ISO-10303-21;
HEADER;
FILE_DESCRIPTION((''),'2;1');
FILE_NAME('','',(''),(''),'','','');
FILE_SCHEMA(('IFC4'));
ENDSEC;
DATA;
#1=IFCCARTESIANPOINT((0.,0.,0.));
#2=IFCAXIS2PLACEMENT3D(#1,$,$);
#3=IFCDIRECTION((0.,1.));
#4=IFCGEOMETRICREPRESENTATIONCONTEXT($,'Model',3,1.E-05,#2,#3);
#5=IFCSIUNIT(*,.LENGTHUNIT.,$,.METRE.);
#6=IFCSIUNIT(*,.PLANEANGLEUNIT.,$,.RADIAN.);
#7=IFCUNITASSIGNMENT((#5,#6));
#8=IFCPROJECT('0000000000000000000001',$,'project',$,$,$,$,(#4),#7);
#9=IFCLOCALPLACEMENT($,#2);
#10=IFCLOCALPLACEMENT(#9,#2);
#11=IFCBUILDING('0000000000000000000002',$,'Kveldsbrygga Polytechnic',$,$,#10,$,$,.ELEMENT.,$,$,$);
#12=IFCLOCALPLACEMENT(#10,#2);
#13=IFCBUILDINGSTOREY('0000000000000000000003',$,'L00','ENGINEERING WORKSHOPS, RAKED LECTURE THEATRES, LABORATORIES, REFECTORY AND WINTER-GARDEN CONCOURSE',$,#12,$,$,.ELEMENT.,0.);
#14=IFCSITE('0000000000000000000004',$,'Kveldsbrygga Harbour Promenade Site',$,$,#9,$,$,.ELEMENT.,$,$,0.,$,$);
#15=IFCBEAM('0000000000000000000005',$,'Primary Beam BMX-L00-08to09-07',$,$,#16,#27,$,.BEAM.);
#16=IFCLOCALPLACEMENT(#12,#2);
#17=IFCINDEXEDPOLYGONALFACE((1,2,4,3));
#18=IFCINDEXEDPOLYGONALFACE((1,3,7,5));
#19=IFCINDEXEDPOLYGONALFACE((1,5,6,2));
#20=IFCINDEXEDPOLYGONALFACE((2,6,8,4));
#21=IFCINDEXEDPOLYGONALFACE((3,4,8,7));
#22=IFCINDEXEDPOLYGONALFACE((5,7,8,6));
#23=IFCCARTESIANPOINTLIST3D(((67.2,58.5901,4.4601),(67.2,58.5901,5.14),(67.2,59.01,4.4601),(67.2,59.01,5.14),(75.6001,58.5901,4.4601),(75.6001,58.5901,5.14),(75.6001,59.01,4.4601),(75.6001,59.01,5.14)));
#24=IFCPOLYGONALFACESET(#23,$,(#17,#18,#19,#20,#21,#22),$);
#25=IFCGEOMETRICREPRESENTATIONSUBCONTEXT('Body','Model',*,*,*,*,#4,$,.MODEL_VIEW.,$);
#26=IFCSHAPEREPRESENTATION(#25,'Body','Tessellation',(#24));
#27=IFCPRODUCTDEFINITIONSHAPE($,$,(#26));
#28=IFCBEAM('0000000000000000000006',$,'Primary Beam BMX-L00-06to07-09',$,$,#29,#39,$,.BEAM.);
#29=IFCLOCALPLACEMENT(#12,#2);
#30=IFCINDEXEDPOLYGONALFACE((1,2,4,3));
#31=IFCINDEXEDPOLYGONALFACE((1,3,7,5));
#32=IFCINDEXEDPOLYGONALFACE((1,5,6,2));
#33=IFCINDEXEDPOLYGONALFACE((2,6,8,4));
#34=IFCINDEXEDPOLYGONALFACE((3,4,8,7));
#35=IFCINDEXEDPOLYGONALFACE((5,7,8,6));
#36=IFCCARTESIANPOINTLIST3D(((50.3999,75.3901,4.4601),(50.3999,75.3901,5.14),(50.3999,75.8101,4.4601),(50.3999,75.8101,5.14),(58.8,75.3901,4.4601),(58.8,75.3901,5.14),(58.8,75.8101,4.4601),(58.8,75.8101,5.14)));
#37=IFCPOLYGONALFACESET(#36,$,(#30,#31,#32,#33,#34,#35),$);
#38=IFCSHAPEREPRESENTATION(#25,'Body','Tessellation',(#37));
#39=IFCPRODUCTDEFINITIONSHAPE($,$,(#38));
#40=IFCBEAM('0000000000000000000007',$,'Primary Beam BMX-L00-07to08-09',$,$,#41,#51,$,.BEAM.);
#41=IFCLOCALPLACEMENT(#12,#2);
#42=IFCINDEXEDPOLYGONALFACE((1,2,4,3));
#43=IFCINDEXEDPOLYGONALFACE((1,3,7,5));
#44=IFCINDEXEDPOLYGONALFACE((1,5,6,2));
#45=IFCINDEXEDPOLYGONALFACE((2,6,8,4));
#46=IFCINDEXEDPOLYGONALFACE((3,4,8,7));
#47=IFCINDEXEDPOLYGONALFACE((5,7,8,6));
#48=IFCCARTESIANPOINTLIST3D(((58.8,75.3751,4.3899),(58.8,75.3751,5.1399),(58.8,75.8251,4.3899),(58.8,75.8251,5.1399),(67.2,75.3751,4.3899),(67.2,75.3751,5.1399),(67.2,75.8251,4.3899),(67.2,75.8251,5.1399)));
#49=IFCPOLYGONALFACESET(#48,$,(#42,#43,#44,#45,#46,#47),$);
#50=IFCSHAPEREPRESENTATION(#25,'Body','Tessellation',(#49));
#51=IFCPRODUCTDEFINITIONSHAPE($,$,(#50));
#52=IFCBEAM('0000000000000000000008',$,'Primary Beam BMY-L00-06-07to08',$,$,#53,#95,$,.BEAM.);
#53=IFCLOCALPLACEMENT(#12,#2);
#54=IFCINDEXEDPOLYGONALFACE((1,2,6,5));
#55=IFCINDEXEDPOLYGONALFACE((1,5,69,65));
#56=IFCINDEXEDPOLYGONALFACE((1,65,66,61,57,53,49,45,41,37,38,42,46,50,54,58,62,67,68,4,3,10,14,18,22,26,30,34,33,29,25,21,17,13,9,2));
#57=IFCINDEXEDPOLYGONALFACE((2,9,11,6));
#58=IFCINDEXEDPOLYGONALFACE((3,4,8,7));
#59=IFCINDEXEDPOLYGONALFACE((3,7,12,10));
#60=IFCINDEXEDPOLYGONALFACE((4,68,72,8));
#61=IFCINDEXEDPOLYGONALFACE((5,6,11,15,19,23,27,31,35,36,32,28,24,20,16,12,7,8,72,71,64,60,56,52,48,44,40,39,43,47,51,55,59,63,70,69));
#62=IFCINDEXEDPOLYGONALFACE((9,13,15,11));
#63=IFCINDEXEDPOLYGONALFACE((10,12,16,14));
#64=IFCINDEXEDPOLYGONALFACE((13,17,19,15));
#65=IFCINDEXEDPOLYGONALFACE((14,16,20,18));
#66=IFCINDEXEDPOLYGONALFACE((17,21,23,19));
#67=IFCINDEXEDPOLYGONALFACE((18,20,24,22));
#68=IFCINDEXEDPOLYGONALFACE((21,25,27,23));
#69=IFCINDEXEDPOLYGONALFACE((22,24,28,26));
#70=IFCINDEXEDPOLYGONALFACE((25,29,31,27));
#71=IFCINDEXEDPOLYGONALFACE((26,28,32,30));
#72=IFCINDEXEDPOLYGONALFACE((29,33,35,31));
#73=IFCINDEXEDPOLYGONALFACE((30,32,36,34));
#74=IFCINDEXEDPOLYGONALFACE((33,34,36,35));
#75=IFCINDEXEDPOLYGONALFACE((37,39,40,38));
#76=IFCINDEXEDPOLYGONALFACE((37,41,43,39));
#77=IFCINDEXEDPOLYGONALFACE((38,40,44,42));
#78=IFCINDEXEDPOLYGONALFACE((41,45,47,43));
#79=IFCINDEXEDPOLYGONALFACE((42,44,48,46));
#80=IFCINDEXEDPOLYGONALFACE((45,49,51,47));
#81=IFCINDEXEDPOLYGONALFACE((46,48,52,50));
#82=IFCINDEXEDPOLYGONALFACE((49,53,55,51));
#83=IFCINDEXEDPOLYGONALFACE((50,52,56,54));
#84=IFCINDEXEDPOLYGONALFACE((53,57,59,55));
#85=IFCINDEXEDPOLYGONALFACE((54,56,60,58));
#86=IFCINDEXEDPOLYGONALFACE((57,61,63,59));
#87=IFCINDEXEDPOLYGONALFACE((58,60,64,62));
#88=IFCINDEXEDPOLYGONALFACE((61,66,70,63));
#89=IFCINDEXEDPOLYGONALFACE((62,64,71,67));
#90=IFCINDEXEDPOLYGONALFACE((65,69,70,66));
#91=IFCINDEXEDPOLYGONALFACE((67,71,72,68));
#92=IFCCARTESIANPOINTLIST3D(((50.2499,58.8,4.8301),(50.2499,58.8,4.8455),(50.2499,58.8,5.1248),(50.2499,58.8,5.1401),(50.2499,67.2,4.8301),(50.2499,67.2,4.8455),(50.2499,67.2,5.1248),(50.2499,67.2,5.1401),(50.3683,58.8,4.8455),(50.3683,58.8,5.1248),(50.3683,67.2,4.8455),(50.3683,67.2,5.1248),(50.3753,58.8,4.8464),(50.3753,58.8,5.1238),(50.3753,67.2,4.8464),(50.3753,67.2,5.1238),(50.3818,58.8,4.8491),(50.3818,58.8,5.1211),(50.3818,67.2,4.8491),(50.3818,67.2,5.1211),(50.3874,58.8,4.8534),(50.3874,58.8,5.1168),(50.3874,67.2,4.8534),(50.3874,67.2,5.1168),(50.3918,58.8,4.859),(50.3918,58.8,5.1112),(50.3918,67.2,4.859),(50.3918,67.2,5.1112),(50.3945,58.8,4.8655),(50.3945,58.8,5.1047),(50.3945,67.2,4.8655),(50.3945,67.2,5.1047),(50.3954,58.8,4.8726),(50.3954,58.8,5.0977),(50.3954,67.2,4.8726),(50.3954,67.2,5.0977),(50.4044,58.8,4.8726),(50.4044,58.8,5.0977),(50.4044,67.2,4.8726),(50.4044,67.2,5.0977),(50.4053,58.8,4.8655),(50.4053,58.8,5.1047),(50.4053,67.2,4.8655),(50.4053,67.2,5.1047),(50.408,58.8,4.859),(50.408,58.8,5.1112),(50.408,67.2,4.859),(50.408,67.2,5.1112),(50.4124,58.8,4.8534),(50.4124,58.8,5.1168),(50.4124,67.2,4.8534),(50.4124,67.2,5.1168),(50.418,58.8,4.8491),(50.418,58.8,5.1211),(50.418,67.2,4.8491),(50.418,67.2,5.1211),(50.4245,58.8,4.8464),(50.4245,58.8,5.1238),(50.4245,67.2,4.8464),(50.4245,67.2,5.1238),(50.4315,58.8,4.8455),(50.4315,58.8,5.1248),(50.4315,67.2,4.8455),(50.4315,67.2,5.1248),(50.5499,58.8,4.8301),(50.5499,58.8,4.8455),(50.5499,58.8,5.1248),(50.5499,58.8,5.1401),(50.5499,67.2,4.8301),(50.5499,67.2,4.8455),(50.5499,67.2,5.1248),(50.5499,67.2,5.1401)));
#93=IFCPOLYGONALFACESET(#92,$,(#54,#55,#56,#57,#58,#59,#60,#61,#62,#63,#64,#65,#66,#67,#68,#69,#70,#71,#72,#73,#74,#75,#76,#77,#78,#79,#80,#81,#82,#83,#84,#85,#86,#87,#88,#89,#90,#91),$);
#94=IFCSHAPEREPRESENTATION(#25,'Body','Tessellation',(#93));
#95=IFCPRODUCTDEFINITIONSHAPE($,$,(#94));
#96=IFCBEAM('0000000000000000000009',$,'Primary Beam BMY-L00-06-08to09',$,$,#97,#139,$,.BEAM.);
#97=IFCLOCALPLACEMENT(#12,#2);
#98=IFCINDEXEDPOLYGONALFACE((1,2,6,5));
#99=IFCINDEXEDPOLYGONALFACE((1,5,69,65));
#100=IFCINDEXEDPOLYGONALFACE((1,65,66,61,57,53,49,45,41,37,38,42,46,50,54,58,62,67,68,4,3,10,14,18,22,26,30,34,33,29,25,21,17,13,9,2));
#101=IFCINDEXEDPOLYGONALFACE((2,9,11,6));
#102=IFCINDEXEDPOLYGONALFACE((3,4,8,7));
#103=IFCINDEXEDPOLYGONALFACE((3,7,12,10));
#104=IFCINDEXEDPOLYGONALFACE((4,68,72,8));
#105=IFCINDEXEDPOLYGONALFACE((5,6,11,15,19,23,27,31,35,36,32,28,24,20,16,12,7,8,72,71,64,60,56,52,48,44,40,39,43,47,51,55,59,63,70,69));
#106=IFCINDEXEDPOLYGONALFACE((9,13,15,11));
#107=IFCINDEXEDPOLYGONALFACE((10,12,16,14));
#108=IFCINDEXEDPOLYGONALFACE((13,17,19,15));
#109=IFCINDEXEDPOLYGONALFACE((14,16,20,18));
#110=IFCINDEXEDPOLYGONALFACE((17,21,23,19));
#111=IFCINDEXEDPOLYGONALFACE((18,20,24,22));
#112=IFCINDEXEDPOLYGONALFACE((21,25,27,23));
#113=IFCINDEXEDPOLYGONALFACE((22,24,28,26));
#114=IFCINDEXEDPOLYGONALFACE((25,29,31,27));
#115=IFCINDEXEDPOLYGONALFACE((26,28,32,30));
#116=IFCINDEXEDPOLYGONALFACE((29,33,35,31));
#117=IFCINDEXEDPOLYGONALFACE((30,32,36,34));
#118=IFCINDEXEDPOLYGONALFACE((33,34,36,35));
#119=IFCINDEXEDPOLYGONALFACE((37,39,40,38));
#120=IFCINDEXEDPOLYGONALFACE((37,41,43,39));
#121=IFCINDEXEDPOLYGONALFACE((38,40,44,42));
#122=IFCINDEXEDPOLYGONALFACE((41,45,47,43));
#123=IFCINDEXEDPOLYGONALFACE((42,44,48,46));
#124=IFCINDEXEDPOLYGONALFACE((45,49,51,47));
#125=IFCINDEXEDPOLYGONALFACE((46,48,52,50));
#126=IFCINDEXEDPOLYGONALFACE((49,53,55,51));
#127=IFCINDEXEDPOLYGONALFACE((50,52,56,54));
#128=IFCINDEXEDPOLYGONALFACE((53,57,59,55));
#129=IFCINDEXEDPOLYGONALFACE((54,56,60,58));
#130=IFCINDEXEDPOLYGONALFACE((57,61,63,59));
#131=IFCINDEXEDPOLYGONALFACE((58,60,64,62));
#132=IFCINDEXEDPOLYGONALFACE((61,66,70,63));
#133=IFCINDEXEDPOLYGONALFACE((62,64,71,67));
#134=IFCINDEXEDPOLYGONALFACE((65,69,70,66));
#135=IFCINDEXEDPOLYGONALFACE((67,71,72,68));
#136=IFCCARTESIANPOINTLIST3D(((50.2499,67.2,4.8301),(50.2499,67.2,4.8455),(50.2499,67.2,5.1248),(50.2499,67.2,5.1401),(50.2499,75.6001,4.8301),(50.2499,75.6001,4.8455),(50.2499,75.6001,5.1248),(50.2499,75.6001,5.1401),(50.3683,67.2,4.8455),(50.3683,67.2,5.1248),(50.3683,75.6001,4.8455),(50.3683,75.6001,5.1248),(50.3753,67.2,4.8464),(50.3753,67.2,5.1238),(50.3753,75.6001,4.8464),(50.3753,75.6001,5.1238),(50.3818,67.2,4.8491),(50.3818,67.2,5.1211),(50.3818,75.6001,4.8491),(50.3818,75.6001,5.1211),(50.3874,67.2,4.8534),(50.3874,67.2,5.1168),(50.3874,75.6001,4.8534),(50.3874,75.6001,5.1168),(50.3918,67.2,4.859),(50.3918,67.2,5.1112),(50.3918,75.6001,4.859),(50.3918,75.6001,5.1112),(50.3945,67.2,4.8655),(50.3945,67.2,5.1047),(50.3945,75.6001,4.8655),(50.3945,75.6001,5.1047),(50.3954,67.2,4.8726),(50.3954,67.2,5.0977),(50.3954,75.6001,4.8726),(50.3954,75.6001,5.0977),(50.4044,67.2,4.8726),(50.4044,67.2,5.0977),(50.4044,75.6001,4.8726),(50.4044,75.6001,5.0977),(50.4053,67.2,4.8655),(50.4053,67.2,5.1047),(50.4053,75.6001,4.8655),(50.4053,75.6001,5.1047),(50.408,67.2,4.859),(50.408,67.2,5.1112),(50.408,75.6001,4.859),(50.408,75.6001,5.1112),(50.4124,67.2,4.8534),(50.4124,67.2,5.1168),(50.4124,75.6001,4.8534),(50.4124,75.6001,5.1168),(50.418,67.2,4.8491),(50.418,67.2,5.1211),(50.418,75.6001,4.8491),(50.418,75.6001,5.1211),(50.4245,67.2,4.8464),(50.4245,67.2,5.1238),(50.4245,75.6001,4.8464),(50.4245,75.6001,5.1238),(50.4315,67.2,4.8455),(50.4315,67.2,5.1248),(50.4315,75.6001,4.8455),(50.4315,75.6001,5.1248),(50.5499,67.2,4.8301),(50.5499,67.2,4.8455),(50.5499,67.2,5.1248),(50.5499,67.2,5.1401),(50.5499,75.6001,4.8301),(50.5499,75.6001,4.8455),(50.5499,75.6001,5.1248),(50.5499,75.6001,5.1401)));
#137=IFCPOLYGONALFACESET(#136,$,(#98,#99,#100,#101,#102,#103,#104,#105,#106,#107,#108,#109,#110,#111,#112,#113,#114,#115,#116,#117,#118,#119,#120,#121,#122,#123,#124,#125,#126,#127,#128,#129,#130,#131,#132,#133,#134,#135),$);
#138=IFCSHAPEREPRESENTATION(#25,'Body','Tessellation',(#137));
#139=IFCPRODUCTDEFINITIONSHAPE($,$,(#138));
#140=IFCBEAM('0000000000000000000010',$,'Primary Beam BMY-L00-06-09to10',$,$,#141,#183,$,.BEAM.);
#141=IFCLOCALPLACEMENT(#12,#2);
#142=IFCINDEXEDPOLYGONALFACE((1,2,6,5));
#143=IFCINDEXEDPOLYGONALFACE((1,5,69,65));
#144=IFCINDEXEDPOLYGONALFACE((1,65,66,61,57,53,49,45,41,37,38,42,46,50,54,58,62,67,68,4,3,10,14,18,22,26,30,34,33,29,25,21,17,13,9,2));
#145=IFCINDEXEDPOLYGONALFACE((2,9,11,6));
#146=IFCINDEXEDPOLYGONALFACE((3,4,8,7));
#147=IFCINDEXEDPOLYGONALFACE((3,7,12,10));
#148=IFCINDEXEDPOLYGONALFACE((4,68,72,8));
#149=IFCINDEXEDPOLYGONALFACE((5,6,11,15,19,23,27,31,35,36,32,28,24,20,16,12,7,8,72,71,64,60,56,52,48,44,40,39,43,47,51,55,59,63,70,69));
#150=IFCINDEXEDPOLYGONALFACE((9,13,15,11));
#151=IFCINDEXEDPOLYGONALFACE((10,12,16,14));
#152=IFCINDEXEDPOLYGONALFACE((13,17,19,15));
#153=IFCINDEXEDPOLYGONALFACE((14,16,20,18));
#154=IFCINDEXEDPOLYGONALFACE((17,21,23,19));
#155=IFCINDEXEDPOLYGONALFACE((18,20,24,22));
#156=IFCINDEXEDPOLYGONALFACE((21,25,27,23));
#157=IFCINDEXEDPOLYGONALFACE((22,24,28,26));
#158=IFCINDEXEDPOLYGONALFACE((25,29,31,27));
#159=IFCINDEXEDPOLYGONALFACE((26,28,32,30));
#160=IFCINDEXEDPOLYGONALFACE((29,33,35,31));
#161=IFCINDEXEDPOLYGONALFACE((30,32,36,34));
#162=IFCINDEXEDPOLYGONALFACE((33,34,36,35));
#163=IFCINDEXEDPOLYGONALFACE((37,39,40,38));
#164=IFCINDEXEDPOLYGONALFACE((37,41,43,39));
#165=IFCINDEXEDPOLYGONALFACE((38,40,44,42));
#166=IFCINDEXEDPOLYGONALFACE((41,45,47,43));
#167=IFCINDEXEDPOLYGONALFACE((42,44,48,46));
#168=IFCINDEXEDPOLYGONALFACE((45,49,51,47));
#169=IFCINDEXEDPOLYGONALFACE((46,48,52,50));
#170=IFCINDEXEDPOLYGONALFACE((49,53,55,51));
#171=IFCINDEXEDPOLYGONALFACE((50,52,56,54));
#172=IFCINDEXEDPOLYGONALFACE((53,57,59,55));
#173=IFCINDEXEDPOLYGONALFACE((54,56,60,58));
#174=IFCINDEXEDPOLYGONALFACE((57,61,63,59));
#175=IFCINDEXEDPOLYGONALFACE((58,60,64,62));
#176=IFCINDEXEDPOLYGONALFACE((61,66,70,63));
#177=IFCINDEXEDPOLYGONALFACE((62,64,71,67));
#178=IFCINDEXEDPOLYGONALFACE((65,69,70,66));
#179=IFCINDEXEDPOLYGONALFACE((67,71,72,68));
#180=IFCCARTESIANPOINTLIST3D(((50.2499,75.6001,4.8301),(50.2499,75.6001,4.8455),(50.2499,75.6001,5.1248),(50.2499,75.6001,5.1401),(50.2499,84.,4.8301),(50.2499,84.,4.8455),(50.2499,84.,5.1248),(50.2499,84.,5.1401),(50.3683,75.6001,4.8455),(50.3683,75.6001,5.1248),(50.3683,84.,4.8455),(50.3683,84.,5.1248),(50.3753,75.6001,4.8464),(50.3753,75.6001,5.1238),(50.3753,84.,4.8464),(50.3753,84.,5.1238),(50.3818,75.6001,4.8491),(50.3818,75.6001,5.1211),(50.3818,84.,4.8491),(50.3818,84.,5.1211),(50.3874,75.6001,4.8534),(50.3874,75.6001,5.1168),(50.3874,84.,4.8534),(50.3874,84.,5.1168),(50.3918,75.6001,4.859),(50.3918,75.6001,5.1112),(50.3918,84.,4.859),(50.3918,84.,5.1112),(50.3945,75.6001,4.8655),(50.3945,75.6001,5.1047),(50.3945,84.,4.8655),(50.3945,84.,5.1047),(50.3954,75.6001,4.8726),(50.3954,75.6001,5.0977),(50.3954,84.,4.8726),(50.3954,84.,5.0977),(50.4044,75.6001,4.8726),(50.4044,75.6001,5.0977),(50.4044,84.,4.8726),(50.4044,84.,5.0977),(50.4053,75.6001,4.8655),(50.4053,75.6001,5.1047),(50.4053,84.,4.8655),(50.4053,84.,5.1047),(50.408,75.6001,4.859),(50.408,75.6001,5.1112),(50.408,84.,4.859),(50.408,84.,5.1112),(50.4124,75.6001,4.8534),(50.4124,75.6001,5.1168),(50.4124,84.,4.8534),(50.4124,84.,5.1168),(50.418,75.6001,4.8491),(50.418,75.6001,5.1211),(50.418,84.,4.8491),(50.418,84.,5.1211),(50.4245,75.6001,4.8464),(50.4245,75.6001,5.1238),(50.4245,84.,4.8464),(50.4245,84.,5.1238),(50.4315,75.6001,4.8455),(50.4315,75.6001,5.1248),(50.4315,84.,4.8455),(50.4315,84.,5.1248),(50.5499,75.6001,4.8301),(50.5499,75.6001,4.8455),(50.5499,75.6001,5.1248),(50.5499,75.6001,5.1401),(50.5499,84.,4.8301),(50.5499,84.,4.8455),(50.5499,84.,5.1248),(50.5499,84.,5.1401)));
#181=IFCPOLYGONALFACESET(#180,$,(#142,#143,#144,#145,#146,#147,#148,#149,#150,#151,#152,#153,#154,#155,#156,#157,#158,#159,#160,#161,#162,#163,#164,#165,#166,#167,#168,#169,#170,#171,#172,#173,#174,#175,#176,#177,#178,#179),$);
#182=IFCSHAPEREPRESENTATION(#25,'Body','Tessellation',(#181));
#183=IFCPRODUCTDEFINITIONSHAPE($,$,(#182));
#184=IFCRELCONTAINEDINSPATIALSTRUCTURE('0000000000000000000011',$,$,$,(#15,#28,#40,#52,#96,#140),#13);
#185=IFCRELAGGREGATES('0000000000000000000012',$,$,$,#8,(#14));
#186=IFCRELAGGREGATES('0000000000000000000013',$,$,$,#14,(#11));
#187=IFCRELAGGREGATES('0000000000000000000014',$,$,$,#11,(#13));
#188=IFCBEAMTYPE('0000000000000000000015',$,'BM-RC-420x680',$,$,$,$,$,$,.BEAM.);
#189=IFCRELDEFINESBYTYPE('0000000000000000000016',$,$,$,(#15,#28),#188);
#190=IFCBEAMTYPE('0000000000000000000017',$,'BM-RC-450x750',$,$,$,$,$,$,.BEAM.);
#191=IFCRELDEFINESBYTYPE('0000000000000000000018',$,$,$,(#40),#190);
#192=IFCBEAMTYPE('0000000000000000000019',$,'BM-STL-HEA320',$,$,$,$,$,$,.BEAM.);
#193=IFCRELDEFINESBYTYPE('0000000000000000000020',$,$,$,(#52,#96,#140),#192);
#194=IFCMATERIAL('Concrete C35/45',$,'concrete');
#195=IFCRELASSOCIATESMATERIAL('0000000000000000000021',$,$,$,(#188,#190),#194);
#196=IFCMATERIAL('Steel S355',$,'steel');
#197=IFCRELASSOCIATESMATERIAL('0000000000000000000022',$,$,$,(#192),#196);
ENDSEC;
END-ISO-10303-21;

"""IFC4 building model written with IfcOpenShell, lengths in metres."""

from ifc_helpers import new_model, si_unit, direction, frame, origin, origin_2d, place, context, subcontext, project, spatial, rectangle, i_section, extrude, material, material_profile, profile_set, type_object, element, save


model = new_model("IFC4")

# Units and contexts
model_context = context("Model", 3, precision=1e-05, world=origin(), true_north=direction((0.0, 1.0)))
body_context = subcontext(model_context, "Body", "Model", "MODEL_VIEW")
ifc_project = project(units=[si_unit("LENGTHUNIT", "METRE"), si_unit("PLANEANGLEUNIT", "RADIAN")], contexts=[model_context])

# Site, building, storey
site_placement = place(None, origin())
site = spatial("IfcSite", under=ifc_project, at=site_placement, Name="Kveldsbrygga Harbour Promenade Site", CompositionType="ELEMENT", RefElevation=0.0)
building_placement = place(site_placement, origin())
building = spatial("IfcBuilding", under=site, at=building_placement, Name="Kveldsbrygga Polytechnic", CompositionType="ELEMENT")
storey_placement = place(building_placement, origin())
storey = spatial("IfcBuildingStorey", under=building, at=storey_placement, Name="L00", Description="ENGINEERING WORKSHOPS, RAKED LECTURE THEATRES, LABORATORIES, REFECTORY AND WINTER-GARDEN CONCOURSE", CompositionType="ELEMENT", Elevation=0.0)

# Shared definitions
ifc_material_1 = material(Name="Steel S355", Category="steel")

# Beams
ifc_material_2 = material(Name="Concrete C35/45", Category="concrete")
ifc_material_profile_1 = material_profile(ifc_material_2, rectangle(XDim=0.4199, YDim=0.6799, at=origin_2d()), Name="RC 420x680")
ifc_profile_set_1 = profile_set([ifc_material_profile_1], Name="Concrete C35/45")
beam_type_1 = type_object("IfcBeamType", Name="BM-RC-420x680", PredefinedType="BEAM", material=ifc_profile_set_1)
for number, where, z_axis, x_axis, name in (
    (1, (67.2, 58.8, 4.8), (1.0, 0.0, 0.0), (0.0, 1.0, 0.0), "Primary Beam BMX-L00-08to09-07"),
    (2, (50.3999, 75.6001, 4.8), (1.0, 0.0, 0.0), (0.0, 1.0, 0.0), "Primary Beam BMX-L00-06to07-09"),
):
    element("IfcBeam", number, at=place(storey_placement, frame(where, z_axis=z_axis, x_axis=x_axis)), inside=storey, type_object=beam_type_1, Name=name, PredefinedType="BEAM", context=body_context, shape_type="SweptSolid", body=[
        extrude(rectangle(XDim=0.4199, YDim=0.6799, at=origin_2d()), origin(), (0.0, 0.0, 1.0), 8.4001),
    ])
ifc_material_profile_2 = material_profile(ifc_material_2, rectangle(XDim=0.45, YDim=0.75, at=origin_2d()), Name="RC 450x750")
ifc_profile_set_2 = profile_set([ifc_material_profile_2], Name="Concrete C35/45")
beam_type_2 = type_object("IfcBeamType", Name="BM-RC-450x750", PredefinedType="BEAM", material=ifc_profile_set_2)
beam_1_placement = place(storey_placement, frame((58.8, 75.6001, 4.7649), z_axis=(1.0, 0.0, 0.0), x_axis=(0.0, 1.0, 0.0)))
element("IfcBeam", 3, at=beam_1_placement, inside=storey, type_object=beam_type_2, Name="Primary Beam BMX-L00-07to08-09", PredefinedType="BEAM", context=body_context, shape_type="SweptSolid", body=[
    extrude(rectangle(XDim=0.45, YDim=0.75, at=origin_2d()), origin(), (0.0, 0.0, 1.0), 8.3999),
])
ifc_material_profile_3 = material_profile(ifc_material_1, i_section(OverallWidth=0.3, OverallDepth=0.3101, WebThickness=0.009, FlangeThickness=0.0154, FilletRadius=0.0271, at=origin_2d()), Name="HEA 320")
ifc_profile_set_3 = profile_set([ifc_material_profile_3], Name="Steel S355")
beam_type_3 = type_object("IfcBeamType", Name="BM-STL-HEA320", PredefinedType="BEAM", material=ifc_profile_set_3)
beam_2_placement = place(storey_placement, frame((50.3999, 58.8, 4.9851), z_axis=(0.0, 1.0, 0.0), x_axis=(-1.0, 0.0, 0.0)))
element("IfcBeam", 4, at=beam_2_placement, inside=storey, type_object=beam_type_3, Name="Primary Beam BMY-L00-06-07to08", PredefinedType="BEAM", context=body_context, shape_type="SweptSolid", body=[
    extrude(i_section(OverallWidth=0.3, OverallDepth=0.3101, WebThickness=0.009, FlangeThickness=0.0154, FilletRadius=0.0271, at=origin_2d()), origin(), (0.0, 0.0, 1.0), 8.3999),
])
beam_3_placement = place(storey_placement, frame((50.3999, 67.2, 4.9851), z_axis=(0.0, 1.0, 0.0), x_axis=(-1.0, 0.0, 0.0)))
element("IfcBeam", 5, at=beam_3_placement, inside=storey, type_object=beam_type_3, Name="Primary Beam BMY-L00-06-08to09", PredefinedType="BEAM", context=body_context, shape_type="SweptSolid", body=[
    extrude(i_section(OverallWidth=0.3, OverallDepth=0.3101, WebThickness=0.009, FlangeThickness=0.0154, FilletRadius=0.0271, at=origin_2d()), origin(), (0.0, 0.0, 1.0), 8.4001),
])
beam_4_placement = place(storey_placement, frame((50.3999, 75.6001, 4.9851), z_axis=(0.0, 1.0, 0.0), x_axis=(-1.0, 0.0, 0.0)))
element("IfcBeam", 6, at=beam_4_placement, inside=storey, type_object=beam_type_3, Name="Primary Beam BMY-L00-06-09to10", PredefinedType="BEAM", context=body_context, shape_type="SweptSolid", body=[
    extrude(i_section(OverallWidth=0.3, OverallDepth=0.3101, WebThickness=0.009, FlangeThickness=0.0154, FilletRadius=0.0271, at=origin_2d()), origin(), (0.0, 0.0, 1.0), 8.3999),
])

save(model, "model.ifc")
